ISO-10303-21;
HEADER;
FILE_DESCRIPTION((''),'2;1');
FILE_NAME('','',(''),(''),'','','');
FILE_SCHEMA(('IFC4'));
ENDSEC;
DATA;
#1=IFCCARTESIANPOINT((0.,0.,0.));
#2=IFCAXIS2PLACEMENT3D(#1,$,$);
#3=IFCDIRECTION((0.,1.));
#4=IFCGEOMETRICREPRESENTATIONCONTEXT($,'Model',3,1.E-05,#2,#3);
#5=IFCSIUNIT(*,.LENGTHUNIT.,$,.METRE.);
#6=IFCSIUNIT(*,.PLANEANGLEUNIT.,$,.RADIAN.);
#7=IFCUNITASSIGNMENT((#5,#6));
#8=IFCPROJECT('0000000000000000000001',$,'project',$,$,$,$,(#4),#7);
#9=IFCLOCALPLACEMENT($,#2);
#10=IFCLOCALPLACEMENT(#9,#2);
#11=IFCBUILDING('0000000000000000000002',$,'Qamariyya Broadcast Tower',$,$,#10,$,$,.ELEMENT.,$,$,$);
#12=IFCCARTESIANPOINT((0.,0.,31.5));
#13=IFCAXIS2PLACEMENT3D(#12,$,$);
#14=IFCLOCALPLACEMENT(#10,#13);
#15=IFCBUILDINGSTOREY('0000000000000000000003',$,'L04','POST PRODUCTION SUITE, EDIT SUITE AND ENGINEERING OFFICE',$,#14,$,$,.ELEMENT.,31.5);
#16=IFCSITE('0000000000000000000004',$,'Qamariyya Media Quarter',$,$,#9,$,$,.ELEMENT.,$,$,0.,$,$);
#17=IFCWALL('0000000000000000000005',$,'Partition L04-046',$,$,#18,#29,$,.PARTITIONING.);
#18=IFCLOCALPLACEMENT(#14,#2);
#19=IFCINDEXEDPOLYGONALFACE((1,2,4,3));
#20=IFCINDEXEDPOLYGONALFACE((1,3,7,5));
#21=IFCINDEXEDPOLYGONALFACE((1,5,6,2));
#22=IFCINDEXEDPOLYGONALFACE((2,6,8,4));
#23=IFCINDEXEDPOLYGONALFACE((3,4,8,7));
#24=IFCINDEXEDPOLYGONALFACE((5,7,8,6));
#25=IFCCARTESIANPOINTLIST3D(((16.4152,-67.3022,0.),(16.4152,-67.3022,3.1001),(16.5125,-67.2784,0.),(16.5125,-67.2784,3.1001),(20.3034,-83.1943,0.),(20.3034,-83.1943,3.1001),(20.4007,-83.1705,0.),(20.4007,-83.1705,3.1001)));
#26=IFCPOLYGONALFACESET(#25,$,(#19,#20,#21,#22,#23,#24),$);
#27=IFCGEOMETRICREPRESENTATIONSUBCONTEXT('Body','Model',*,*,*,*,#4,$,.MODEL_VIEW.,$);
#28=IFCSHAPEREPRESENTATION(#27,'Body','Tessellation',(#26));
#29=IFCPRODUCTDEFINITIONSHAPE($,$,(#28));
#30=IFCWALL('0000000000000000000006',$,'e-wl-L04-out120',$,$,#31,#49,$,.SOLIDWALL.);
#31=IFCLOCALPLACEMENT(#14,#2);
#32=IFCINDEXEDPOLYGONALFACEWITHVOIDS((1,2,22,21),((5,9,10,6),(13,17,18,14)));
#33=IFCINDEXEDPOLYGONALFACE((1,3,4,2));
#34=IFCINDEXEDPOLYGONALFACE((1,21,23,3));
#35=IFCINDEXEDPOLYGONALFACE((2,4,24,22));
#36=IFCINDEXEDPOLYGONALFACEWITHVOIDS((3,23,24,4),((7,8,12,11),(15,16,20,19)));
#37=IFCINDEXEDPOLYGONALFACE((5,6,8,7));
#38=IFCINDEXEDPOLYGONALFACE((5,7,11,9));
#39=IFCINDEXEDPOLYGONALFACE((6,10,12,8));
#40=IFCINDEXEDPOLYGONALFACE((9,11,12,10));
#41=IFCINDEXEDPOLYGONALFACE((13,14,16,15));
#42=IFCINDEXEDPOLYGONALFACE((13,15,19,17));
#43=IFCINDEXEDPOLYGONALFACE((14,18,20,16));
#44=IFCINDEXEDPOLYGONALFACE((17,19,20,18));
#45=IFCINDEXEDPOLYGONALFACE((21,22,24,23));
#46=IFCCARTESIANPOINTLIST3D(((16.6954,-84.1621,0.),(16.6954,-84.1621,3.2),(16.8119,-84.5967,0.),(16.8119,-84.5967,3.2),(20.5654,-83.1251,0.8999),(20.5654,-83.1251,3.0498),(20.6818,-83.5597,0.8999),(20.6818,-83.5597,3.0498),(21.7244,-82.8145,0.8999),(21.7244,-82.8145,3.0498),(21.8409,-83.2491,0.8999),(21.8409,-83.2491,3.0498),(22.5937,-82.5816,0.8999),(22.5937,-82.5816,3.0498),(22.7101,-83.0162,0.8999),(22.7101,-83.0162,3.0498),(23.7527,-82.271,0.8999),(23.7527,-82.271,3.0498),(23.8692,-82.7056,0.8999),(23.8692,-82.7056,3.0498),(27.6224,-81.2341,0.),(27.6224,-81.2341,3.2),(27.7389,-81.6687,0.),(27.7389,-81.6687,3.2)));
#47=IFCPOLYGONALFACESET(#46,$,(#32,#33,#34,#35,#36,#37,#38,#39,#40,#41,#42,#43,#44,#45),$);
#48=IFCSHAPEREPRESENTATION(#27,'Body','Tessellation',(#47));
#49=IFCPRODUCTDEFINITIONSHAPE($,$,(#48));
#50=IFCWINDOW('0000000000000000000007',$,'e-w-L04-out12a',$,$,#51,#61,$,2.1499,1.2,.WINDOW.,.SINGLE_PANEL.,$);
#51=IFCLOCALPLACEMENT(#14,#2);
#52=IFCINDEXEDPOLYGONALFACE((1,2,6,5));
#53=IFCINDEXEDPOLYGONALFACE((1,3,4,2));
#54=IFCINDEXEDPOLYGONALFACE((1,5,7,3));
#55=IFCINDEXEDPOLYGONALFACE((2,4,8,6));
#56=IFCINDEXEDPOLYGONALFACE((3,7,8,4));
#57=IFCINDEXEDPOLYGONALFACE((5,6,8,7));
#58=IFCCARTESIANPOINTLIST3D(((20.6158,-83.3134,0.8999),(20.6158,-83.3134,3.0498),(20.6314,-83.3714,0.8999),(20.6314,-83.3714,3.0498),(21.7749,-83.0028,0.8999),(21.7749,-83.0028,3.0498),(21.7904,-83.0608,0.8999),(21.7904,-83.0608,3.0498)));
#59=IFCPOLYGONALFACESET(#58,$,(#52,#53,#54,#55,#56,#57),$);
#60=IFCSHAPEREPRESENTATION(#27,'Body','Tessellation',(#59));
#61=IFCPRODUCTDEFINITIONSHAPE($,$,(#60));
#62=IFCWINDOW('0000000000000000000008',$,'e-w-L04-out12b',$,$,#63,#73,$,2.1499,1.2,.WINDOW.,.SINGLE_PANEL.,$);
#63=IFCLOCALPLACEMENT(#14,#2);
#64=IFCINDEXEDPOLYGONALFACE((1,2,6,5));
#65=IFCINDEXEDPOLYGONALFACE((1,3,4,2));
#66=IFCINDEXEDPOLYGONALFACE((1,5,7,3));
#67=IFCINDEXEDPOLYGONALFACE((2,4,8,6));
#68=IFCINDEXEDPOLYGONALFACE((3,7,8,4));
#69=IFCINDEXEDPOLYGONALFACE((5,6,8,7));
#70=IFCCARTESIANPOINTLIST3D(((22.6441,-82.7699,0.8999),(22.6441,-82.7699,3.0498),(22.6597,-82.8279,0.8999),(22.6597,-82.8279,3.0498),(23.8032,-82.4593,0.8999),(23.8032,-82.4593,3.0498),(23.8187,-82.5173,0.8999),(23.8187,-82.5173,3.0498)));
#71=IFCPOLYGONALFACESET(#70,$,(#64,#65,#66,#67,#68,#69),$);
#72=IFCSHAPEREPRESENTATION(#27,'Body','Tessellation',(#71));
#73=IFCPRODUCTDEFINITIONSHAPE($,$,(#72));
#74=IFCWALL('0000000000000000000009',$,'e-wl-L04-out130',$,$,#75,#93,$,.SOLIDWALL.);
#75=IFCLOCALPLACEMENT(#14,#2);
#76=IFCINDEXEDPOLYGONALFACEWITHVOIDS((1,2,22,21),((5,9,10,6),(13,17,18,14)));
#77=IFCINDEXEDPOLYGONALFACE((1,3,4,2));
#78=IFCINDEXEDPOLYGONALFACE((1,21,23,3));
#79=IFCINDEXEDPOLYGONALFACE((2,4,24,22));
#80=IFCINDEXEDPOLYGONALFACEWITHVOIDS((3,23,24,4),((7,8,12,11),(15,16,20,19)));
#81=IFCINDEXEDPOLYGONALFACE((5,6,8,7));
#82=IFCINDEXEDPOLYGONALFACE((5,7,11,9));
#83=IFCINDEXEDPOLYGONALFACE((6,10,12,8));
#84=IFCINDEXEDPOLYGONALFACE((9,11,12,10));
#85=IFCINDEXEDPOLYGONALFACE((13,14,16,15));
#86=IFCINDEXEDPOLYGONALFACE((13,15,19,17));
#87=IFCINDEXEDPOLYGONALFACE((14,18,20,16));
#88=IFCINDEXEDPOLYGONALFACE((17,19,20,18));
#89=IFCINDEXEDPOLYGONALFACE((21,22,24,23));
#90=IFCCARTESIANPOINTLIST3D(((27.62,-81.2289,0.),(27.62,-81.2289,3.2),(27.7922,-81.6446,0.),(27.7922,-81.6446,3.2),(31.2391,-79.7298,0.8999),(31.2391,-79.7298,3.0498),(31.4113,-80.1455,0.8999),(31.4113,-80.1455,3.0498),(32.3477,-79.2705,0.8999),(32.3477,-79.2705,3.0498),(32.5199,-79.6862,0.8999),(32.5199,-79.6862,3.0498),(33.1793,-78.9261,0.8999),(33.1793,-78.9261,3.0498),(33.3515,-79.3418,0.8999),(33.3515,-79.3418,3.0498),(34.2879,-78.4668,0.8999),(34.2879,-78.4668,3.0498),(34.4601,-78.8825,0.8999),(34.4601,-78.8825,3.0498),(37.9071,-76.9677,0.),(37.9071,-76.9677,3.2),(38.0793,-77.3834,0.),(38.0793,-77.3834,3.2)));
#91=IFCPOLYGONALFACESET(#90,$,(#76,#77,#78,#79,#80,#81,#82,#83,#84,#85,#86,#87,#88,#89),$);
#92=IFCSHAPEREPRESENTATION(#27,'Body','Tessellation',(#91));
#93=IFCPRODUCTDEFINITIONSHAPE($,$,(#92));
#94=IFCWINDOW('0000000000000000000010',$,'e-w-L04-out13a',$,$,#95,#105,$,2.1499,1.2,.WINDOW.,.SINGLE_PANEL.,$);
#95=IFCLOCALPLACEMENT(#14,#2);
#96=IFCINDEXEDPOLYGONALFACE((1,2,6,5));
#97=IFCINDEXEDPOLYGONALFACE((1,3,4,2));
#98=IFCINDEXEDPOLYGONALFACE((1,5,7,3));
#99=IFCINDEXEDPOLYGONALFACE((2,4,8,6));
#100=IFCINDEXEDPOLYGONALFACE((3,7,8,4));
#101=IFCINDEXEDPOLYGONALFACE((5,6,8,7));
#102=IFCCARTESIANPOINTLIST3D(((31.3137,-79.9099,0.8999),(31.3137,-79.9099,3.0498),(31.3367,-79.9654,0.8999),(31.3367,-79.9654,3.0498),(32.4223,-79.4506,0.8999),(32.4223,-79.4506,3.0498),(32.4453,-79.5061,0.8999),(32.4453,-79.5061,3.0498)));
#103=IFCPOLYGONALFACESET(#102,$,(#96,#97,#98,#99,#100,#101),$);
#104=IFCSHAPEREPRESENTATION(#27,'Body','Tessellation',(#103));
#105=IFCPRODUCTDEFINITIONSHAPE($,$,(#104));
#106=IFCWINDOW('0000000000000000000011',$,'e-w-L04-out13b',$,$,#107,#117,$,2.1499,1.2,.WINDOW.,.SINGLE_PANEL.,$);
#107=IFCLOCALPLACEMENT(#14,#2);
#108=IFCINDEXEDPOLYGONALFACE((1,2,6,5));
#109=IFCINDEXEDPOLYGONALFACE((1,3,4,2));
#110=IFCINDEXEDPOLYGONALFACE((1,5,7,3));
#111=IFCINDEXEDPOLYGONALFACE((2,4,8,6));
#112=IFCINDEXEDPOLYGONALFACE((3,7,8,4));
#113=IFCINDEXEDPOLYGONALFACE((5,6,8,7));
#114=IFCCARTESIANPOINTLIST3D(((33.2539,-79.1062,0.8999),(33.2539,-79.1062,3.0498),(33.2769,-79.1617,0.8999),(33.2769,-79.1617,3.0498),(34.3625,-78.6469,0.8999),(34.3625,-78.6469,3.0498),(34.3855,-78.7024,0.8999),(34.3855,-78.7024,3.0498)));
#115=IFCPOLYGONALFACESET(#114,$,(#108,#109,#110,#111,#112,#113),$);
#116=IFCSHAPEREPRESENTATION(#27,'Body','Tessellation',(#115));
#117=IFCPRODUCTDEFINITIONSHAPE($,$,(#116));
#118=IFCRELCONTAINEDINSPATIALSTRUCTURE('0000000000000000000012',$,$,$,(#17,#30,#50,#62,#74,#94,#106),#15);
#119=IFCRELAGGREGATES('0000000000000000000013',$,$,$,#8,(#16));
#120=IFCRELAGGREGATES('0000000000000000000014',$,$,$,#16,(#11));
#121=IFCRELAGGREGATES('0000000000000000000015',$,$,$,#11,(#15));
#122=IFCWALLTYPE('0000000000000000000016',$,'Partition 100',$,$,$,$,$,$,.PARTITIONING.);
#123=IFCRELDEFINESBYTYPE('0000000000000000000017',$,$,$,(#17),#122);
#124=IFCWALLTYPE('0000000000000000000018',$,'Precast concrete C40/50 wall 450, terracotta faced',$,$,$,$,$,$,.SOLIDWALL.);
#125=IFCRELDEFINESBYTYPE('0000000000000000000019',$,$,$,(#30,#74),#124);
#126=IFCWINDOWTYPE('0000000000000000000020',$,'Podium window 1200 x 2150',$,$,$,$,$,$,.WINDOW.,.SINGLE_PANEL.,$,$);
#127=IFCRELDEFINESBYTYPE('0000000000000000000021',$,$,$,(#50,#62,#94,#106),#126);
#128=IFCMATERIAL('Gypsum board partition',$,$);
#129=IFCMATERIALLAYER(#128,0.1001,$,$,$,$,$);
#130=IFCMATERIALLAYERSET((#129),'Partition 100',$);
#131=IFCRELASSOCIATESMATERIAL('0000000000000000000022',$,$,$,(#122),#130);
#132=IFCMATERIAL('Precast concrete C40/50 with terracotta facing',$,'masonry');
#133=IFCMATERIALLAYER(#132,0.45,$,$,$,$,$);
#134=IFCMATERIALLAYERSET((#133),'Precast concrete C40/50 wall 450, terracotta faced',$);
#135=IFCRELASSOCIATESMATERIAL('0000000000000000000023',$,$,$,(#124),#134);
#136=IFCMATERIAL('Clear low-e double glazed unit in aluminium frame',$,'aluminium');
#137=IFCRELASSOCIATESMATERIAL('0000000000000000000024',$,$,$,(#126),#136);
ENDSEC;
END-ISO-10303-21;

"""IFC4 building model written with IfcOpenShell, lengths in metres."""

from ifc_helpers import new_model, si_unit, direction, frame, frame_2d, origin, place, context, subcontext, project, spatial, rectangle, extrude, material, layer, layer_set, type_object, element, fill, save


model = new_model("IFC4")

# Units and contexts
model_context = context("Model", 3, precision=1e-05, world=origin(), true_north=direction((0.0, 1.0)))
body_context = subcontext(model_context, "Body", "Model", "MODEL_VIEW")
ifc_project = project(units=[si_unit("LENGTHUNIT", "METRE"), si_unit("PLANEANGLEUNIT", "RADIAN")], contexts=[model_context])

# Site, building, storey
site_placement = place(None, origin())
site = spatial("IfcSite", under=ifc_project, at=site_placement, Name="Qamariyya Media Quarter", CompositionType="ELEMENT", RefElevation=0.0)
building_placement = place(site_placement, origin())
building = spatial("IfcBuilding", under=site, at=building_placement, Name="Qamariyya Broadcast Tower", CompositionType="ELEMENT")
storey_placement = place(building_placement, frame((0.0, 0.0, 31.5)))
storey = spatial("IfcBuildingStorey", under=building, at=storey_placement, Name="L04", Description="POST PRODUCTION SUITE, EDIT SUITE AND ENGINEERING OFFICE", CompositionType="ELEMENT", Elevation=31.5)

# Shared definitions
ifc_material_1 = material(Name="Gypsum board partition")

# Wall
ifc_layer_1 = layer(ifc_material_1, 0.1001)
ifc_layer_set_1 = layer_set([ifc_layer_1], Name="Partition 100")
wall_type_1 = type_object("IfcWallType", Name="Partition 100", PredefinedType="PARTITIONING", material=ifc_layer_set_1)
wall_1_placement = place(storey_placement, frame((20.3521, -83.1824, 0.0), z_axis=(0.0, 0.0, 1.0), x_axis=(-0.237652, 0.97135, 0.0)))
element("IfcWall", 1, at=wall_1_placement, inside=storey, type_object=wall_type_1, Name="Partition L04-046", PredefinedType="PARTITIONING", context=body_context, shape_type="SweptSolid", body=[
    extrude(rectangle(XDim=16.3608, YDim=0.1001, at=frame_2d((8.1804, 0.0))), origin(), (0.0, 0.0, 1.0), 3.1001),
])

# Walls, openings, windows
ifc_material_2 = material(Name="Precast concrete C40/50 with terracotta facing", Category="masonry")
ifc_layer_2 = layer(ifc_material_2, 0.45)
ifc_layer_set_2 = layer_set([ifc_layer_2], Name="Precast concrete C40/50 wall 450, terracotta faced")
wall_type_2 = type_object("IfcWallType", Name="Precast concrete C40/50 wall 450, terracotta faced", PredefinedType="SOLIDWALL", material=ifc_layer_set_2)
wall_2_placement = place(storey_placement, frame((16.7537, -84.3794, 0.0), z_axis=(0.0, 0.0, 1.0), x_axis=(0.965924, 0.258827, 0.0)))
wall_2 = element("IfcWall", 2, at=wall_2_placement, inside=storey, type_object=wall_type_2, Name="e-wl-L04-out120", PredefinedType="SOLIDWALL", context=body_context, shape_type="SweptSolid", body=[
    extrude(rectangle(XDim=11.3125, YDim=0.45, at=frame_2d((5.6562, 0.0))), origin(), (0.0, 0.0, 1.0), 3.2),
])
opening_1_placement = place(wall_2_placement, frame((4.0063, 0.0, 0.8999)))
opening_1 = element("IfcOpeningElement", 3, at=opening_1_placement, cuts=wall_2, PredefinedType="OPENING", context=body_context, shape_type="SweptSolid", body=[
    extrude(rectangle(XDim=1.2, YDim=2.1499, at=frame_2d((0.6001, 1.075))), frame((0.0, 0.2349, 0.0), z_axis=(0.0, -1.0, 0.0), x_axis=(1.0, 0.0, 0.0)), (0.0, 0.0, 1.0), 0.47),
])
opening_2_placement = place(wall_2_placement, frame((6.1062, 0.0, 0.8999)))
opening_2 = element("IfcOpeningElement", 4, at=opening_2_placement, cuts=wall_2, PredefinedType="OPENING", context=body_context, shape_type="SweptSolid", body=[
    extrude(rectangle(XDim=1.2, YDim=2.1499, at=frame_2d((0.6001, 1.075))), frame((0.0, 0.2349, 0.0), z_axis=(0.0, -1.0, 0.0), x_axis=(1.0, 0.0, 0.0)), (0.0, 0.0, 1.0), 0.47),
])
ifc_material_3 = material(Name="Clear low-e double glazed unit in aluminium frame", Category="aluminium")
window_type = type_object("IfcWindowType", Name="Podium window 1200 x 2150", PartitioningType="SINGLE_PANEL", PredefinedType="WINDOW", material=ifc_material_3)
window_1_placement = place(opening_1_placement, origin())
window_1 = element("IfcWindow", 5, at=window_1_placement, inside=storey, type_object=window_type, Name="e-w-L04-out12a", OverallHeight=2.1499, OverallWidth=1.2, PartitioningType="SINGLE_PANEL", PredefinedType="WINDOW", context=body_context, shape_type="SweptSolid", body=[
    extrude(rectangle(XDim=1.2, YDim=2.1499, at=frame_2d((0.6001, 1.075))), frame((0.0, 0.03, 0.0), z_axis=(0.0, -1.0, 0.0), x_axis=(1.0, 0.0, 0.0)), (0.0, 0.0, 1.0), 0.0601),
])
fill(opening_1, window_1)
window_2_placement = place(opening_2_placement, origin())
window_2 = element("IfcWindow", 6, at=window_2_placement, inside=storey, type_object=window_type, Name="e-w-L04-out12b", OverallHeight=2.1499, OverallWidth=1.2, PartitioningType="SINGLE_PANEL", PredefinedType="WINDOW", context=body_context, shape_type="SweptSolid", body=[
    extrude(rectangle(XDim=1.2, YDim=2.1499, at=frame_2d((0.6001, 1.075))), frame((0.0, 0.03, 0.0), z_axis=(0.0, -1.0, 0.0), x_axis=(1.0, 0.0, 0.0)), (0.0, 0.0, 1.0), 0.0601),
])
fill(opening_2, window_2)
wall_3_placement = place(storey_placement, frame((27.7061, -81.4368, 0.0), z_axis=(0.0, 0.0, 1.0), x_axis=(0.923874, 0.382696, 0.0)))
wall_3 = element("IfcWall", 7, at=wall_3_placement, inside=storey, type_object=wall_type_2, Name="e-wl-L04-out130", PredefinedType="SOLIDWALL", context=body_context, shape_type="SweptSolid", body=[
    extrude(rectangle(XDim=11.1348, YDim=0.45, at=frame_2d((5.5674, 0.0))), origin(), (0.0, 0.0, 1.0), 3.2),
])
opening_3_placement = place(wall_3_placement, frame((3.9172, 0.0, 0.8999)))
opening_3 = element("IfcOpeningElement", 8, at=opening_3_placement, cuts=wall_3, PredefinedType="OPENING", context=body_context, shape_type="SweptSolid", body=[
    extrude(rectangle(XDim=1.2, YDim=2.1499, at=frame_2d((0.6001, 1.075))), frame((0.0, 0.2349, 0.0), z_axis=(0.0, -1.0, 0.0), x_axis=(1.0, 0.0, 0.0)), (0.0, 0.0, 1.0), 0.47),
])
opening_4_placement = place(wall_3_placement, frame((6.0173, 0.0, 0.8999)))
opening_4 = element("IfcOpeningElement", 9, at=opening_4_placement, cuts=wall_3, PredefinedType="OPENING", context=body_context, shape_type="SweptSolid", body=[
    extrude(rectangle(XDim=1.2, YDim=2.1499, at=frame_2d((0.6001, 1.075))), frame((0.0, 0.2349, 0.0), z_axis=(0.0, -1.0, 0.0), x_axis=(1.0, 0.0, 0.0)), (0.0, 0.0, 1.0), 0.47),
])
window_3_placement = place(opening_3_placement, origin())
window_3 = element("IfcWindow", 10, at=window_3_placement, inside=storey, type_object=window_type, Name="e-w-L04-out13a", OverallHeight=2.1499, OverallWidth=1.2, PartitioningType="SINGLE_PANEL", PredefinedType="WINDOW", context=body_context, shape_type="SweptSolid", body=[
    extrude(rectangle(XDim=1.2, YDim=2.1499, at=frame_2d((0.6001, 1.075))), frame((0.0, 0.03, 0.0), z_axis=(0.0, -1.0, 0.0), x_axis=(1.0, 0.0, 0.0)), (0.0, 0.0, 1.0), 0.0601),
])
fill(opening_3, window_3)
window_4_placement = place(opening_4_placement, origin())
window_4 = element("IfcWindow", 11, at=window_4_placement, inside=storey, type_object=window_type, Name="e-w-L04-out13b", OverallHeight=2.1499, OverallWidth=1.2, PartitioningType="SINGLE_PANEL", PredefinedType="WINDOW", context=body_context, shape_type="SweptSolid", body=[
    extrude(rectangle(XDim=1.2, YDim=2.1499, at=frame_2d((0.6001, 1.075))), frame((0.0, 0.03, 0.0), z_axis=(0.0, -1.0, 0.0), x_axis=(1.0, 0.0, 0.0)), (0.0, 0.0, 1.0), 0.0601),
])
fill(opening_4, window_4)

save(model, "model.ifc")
